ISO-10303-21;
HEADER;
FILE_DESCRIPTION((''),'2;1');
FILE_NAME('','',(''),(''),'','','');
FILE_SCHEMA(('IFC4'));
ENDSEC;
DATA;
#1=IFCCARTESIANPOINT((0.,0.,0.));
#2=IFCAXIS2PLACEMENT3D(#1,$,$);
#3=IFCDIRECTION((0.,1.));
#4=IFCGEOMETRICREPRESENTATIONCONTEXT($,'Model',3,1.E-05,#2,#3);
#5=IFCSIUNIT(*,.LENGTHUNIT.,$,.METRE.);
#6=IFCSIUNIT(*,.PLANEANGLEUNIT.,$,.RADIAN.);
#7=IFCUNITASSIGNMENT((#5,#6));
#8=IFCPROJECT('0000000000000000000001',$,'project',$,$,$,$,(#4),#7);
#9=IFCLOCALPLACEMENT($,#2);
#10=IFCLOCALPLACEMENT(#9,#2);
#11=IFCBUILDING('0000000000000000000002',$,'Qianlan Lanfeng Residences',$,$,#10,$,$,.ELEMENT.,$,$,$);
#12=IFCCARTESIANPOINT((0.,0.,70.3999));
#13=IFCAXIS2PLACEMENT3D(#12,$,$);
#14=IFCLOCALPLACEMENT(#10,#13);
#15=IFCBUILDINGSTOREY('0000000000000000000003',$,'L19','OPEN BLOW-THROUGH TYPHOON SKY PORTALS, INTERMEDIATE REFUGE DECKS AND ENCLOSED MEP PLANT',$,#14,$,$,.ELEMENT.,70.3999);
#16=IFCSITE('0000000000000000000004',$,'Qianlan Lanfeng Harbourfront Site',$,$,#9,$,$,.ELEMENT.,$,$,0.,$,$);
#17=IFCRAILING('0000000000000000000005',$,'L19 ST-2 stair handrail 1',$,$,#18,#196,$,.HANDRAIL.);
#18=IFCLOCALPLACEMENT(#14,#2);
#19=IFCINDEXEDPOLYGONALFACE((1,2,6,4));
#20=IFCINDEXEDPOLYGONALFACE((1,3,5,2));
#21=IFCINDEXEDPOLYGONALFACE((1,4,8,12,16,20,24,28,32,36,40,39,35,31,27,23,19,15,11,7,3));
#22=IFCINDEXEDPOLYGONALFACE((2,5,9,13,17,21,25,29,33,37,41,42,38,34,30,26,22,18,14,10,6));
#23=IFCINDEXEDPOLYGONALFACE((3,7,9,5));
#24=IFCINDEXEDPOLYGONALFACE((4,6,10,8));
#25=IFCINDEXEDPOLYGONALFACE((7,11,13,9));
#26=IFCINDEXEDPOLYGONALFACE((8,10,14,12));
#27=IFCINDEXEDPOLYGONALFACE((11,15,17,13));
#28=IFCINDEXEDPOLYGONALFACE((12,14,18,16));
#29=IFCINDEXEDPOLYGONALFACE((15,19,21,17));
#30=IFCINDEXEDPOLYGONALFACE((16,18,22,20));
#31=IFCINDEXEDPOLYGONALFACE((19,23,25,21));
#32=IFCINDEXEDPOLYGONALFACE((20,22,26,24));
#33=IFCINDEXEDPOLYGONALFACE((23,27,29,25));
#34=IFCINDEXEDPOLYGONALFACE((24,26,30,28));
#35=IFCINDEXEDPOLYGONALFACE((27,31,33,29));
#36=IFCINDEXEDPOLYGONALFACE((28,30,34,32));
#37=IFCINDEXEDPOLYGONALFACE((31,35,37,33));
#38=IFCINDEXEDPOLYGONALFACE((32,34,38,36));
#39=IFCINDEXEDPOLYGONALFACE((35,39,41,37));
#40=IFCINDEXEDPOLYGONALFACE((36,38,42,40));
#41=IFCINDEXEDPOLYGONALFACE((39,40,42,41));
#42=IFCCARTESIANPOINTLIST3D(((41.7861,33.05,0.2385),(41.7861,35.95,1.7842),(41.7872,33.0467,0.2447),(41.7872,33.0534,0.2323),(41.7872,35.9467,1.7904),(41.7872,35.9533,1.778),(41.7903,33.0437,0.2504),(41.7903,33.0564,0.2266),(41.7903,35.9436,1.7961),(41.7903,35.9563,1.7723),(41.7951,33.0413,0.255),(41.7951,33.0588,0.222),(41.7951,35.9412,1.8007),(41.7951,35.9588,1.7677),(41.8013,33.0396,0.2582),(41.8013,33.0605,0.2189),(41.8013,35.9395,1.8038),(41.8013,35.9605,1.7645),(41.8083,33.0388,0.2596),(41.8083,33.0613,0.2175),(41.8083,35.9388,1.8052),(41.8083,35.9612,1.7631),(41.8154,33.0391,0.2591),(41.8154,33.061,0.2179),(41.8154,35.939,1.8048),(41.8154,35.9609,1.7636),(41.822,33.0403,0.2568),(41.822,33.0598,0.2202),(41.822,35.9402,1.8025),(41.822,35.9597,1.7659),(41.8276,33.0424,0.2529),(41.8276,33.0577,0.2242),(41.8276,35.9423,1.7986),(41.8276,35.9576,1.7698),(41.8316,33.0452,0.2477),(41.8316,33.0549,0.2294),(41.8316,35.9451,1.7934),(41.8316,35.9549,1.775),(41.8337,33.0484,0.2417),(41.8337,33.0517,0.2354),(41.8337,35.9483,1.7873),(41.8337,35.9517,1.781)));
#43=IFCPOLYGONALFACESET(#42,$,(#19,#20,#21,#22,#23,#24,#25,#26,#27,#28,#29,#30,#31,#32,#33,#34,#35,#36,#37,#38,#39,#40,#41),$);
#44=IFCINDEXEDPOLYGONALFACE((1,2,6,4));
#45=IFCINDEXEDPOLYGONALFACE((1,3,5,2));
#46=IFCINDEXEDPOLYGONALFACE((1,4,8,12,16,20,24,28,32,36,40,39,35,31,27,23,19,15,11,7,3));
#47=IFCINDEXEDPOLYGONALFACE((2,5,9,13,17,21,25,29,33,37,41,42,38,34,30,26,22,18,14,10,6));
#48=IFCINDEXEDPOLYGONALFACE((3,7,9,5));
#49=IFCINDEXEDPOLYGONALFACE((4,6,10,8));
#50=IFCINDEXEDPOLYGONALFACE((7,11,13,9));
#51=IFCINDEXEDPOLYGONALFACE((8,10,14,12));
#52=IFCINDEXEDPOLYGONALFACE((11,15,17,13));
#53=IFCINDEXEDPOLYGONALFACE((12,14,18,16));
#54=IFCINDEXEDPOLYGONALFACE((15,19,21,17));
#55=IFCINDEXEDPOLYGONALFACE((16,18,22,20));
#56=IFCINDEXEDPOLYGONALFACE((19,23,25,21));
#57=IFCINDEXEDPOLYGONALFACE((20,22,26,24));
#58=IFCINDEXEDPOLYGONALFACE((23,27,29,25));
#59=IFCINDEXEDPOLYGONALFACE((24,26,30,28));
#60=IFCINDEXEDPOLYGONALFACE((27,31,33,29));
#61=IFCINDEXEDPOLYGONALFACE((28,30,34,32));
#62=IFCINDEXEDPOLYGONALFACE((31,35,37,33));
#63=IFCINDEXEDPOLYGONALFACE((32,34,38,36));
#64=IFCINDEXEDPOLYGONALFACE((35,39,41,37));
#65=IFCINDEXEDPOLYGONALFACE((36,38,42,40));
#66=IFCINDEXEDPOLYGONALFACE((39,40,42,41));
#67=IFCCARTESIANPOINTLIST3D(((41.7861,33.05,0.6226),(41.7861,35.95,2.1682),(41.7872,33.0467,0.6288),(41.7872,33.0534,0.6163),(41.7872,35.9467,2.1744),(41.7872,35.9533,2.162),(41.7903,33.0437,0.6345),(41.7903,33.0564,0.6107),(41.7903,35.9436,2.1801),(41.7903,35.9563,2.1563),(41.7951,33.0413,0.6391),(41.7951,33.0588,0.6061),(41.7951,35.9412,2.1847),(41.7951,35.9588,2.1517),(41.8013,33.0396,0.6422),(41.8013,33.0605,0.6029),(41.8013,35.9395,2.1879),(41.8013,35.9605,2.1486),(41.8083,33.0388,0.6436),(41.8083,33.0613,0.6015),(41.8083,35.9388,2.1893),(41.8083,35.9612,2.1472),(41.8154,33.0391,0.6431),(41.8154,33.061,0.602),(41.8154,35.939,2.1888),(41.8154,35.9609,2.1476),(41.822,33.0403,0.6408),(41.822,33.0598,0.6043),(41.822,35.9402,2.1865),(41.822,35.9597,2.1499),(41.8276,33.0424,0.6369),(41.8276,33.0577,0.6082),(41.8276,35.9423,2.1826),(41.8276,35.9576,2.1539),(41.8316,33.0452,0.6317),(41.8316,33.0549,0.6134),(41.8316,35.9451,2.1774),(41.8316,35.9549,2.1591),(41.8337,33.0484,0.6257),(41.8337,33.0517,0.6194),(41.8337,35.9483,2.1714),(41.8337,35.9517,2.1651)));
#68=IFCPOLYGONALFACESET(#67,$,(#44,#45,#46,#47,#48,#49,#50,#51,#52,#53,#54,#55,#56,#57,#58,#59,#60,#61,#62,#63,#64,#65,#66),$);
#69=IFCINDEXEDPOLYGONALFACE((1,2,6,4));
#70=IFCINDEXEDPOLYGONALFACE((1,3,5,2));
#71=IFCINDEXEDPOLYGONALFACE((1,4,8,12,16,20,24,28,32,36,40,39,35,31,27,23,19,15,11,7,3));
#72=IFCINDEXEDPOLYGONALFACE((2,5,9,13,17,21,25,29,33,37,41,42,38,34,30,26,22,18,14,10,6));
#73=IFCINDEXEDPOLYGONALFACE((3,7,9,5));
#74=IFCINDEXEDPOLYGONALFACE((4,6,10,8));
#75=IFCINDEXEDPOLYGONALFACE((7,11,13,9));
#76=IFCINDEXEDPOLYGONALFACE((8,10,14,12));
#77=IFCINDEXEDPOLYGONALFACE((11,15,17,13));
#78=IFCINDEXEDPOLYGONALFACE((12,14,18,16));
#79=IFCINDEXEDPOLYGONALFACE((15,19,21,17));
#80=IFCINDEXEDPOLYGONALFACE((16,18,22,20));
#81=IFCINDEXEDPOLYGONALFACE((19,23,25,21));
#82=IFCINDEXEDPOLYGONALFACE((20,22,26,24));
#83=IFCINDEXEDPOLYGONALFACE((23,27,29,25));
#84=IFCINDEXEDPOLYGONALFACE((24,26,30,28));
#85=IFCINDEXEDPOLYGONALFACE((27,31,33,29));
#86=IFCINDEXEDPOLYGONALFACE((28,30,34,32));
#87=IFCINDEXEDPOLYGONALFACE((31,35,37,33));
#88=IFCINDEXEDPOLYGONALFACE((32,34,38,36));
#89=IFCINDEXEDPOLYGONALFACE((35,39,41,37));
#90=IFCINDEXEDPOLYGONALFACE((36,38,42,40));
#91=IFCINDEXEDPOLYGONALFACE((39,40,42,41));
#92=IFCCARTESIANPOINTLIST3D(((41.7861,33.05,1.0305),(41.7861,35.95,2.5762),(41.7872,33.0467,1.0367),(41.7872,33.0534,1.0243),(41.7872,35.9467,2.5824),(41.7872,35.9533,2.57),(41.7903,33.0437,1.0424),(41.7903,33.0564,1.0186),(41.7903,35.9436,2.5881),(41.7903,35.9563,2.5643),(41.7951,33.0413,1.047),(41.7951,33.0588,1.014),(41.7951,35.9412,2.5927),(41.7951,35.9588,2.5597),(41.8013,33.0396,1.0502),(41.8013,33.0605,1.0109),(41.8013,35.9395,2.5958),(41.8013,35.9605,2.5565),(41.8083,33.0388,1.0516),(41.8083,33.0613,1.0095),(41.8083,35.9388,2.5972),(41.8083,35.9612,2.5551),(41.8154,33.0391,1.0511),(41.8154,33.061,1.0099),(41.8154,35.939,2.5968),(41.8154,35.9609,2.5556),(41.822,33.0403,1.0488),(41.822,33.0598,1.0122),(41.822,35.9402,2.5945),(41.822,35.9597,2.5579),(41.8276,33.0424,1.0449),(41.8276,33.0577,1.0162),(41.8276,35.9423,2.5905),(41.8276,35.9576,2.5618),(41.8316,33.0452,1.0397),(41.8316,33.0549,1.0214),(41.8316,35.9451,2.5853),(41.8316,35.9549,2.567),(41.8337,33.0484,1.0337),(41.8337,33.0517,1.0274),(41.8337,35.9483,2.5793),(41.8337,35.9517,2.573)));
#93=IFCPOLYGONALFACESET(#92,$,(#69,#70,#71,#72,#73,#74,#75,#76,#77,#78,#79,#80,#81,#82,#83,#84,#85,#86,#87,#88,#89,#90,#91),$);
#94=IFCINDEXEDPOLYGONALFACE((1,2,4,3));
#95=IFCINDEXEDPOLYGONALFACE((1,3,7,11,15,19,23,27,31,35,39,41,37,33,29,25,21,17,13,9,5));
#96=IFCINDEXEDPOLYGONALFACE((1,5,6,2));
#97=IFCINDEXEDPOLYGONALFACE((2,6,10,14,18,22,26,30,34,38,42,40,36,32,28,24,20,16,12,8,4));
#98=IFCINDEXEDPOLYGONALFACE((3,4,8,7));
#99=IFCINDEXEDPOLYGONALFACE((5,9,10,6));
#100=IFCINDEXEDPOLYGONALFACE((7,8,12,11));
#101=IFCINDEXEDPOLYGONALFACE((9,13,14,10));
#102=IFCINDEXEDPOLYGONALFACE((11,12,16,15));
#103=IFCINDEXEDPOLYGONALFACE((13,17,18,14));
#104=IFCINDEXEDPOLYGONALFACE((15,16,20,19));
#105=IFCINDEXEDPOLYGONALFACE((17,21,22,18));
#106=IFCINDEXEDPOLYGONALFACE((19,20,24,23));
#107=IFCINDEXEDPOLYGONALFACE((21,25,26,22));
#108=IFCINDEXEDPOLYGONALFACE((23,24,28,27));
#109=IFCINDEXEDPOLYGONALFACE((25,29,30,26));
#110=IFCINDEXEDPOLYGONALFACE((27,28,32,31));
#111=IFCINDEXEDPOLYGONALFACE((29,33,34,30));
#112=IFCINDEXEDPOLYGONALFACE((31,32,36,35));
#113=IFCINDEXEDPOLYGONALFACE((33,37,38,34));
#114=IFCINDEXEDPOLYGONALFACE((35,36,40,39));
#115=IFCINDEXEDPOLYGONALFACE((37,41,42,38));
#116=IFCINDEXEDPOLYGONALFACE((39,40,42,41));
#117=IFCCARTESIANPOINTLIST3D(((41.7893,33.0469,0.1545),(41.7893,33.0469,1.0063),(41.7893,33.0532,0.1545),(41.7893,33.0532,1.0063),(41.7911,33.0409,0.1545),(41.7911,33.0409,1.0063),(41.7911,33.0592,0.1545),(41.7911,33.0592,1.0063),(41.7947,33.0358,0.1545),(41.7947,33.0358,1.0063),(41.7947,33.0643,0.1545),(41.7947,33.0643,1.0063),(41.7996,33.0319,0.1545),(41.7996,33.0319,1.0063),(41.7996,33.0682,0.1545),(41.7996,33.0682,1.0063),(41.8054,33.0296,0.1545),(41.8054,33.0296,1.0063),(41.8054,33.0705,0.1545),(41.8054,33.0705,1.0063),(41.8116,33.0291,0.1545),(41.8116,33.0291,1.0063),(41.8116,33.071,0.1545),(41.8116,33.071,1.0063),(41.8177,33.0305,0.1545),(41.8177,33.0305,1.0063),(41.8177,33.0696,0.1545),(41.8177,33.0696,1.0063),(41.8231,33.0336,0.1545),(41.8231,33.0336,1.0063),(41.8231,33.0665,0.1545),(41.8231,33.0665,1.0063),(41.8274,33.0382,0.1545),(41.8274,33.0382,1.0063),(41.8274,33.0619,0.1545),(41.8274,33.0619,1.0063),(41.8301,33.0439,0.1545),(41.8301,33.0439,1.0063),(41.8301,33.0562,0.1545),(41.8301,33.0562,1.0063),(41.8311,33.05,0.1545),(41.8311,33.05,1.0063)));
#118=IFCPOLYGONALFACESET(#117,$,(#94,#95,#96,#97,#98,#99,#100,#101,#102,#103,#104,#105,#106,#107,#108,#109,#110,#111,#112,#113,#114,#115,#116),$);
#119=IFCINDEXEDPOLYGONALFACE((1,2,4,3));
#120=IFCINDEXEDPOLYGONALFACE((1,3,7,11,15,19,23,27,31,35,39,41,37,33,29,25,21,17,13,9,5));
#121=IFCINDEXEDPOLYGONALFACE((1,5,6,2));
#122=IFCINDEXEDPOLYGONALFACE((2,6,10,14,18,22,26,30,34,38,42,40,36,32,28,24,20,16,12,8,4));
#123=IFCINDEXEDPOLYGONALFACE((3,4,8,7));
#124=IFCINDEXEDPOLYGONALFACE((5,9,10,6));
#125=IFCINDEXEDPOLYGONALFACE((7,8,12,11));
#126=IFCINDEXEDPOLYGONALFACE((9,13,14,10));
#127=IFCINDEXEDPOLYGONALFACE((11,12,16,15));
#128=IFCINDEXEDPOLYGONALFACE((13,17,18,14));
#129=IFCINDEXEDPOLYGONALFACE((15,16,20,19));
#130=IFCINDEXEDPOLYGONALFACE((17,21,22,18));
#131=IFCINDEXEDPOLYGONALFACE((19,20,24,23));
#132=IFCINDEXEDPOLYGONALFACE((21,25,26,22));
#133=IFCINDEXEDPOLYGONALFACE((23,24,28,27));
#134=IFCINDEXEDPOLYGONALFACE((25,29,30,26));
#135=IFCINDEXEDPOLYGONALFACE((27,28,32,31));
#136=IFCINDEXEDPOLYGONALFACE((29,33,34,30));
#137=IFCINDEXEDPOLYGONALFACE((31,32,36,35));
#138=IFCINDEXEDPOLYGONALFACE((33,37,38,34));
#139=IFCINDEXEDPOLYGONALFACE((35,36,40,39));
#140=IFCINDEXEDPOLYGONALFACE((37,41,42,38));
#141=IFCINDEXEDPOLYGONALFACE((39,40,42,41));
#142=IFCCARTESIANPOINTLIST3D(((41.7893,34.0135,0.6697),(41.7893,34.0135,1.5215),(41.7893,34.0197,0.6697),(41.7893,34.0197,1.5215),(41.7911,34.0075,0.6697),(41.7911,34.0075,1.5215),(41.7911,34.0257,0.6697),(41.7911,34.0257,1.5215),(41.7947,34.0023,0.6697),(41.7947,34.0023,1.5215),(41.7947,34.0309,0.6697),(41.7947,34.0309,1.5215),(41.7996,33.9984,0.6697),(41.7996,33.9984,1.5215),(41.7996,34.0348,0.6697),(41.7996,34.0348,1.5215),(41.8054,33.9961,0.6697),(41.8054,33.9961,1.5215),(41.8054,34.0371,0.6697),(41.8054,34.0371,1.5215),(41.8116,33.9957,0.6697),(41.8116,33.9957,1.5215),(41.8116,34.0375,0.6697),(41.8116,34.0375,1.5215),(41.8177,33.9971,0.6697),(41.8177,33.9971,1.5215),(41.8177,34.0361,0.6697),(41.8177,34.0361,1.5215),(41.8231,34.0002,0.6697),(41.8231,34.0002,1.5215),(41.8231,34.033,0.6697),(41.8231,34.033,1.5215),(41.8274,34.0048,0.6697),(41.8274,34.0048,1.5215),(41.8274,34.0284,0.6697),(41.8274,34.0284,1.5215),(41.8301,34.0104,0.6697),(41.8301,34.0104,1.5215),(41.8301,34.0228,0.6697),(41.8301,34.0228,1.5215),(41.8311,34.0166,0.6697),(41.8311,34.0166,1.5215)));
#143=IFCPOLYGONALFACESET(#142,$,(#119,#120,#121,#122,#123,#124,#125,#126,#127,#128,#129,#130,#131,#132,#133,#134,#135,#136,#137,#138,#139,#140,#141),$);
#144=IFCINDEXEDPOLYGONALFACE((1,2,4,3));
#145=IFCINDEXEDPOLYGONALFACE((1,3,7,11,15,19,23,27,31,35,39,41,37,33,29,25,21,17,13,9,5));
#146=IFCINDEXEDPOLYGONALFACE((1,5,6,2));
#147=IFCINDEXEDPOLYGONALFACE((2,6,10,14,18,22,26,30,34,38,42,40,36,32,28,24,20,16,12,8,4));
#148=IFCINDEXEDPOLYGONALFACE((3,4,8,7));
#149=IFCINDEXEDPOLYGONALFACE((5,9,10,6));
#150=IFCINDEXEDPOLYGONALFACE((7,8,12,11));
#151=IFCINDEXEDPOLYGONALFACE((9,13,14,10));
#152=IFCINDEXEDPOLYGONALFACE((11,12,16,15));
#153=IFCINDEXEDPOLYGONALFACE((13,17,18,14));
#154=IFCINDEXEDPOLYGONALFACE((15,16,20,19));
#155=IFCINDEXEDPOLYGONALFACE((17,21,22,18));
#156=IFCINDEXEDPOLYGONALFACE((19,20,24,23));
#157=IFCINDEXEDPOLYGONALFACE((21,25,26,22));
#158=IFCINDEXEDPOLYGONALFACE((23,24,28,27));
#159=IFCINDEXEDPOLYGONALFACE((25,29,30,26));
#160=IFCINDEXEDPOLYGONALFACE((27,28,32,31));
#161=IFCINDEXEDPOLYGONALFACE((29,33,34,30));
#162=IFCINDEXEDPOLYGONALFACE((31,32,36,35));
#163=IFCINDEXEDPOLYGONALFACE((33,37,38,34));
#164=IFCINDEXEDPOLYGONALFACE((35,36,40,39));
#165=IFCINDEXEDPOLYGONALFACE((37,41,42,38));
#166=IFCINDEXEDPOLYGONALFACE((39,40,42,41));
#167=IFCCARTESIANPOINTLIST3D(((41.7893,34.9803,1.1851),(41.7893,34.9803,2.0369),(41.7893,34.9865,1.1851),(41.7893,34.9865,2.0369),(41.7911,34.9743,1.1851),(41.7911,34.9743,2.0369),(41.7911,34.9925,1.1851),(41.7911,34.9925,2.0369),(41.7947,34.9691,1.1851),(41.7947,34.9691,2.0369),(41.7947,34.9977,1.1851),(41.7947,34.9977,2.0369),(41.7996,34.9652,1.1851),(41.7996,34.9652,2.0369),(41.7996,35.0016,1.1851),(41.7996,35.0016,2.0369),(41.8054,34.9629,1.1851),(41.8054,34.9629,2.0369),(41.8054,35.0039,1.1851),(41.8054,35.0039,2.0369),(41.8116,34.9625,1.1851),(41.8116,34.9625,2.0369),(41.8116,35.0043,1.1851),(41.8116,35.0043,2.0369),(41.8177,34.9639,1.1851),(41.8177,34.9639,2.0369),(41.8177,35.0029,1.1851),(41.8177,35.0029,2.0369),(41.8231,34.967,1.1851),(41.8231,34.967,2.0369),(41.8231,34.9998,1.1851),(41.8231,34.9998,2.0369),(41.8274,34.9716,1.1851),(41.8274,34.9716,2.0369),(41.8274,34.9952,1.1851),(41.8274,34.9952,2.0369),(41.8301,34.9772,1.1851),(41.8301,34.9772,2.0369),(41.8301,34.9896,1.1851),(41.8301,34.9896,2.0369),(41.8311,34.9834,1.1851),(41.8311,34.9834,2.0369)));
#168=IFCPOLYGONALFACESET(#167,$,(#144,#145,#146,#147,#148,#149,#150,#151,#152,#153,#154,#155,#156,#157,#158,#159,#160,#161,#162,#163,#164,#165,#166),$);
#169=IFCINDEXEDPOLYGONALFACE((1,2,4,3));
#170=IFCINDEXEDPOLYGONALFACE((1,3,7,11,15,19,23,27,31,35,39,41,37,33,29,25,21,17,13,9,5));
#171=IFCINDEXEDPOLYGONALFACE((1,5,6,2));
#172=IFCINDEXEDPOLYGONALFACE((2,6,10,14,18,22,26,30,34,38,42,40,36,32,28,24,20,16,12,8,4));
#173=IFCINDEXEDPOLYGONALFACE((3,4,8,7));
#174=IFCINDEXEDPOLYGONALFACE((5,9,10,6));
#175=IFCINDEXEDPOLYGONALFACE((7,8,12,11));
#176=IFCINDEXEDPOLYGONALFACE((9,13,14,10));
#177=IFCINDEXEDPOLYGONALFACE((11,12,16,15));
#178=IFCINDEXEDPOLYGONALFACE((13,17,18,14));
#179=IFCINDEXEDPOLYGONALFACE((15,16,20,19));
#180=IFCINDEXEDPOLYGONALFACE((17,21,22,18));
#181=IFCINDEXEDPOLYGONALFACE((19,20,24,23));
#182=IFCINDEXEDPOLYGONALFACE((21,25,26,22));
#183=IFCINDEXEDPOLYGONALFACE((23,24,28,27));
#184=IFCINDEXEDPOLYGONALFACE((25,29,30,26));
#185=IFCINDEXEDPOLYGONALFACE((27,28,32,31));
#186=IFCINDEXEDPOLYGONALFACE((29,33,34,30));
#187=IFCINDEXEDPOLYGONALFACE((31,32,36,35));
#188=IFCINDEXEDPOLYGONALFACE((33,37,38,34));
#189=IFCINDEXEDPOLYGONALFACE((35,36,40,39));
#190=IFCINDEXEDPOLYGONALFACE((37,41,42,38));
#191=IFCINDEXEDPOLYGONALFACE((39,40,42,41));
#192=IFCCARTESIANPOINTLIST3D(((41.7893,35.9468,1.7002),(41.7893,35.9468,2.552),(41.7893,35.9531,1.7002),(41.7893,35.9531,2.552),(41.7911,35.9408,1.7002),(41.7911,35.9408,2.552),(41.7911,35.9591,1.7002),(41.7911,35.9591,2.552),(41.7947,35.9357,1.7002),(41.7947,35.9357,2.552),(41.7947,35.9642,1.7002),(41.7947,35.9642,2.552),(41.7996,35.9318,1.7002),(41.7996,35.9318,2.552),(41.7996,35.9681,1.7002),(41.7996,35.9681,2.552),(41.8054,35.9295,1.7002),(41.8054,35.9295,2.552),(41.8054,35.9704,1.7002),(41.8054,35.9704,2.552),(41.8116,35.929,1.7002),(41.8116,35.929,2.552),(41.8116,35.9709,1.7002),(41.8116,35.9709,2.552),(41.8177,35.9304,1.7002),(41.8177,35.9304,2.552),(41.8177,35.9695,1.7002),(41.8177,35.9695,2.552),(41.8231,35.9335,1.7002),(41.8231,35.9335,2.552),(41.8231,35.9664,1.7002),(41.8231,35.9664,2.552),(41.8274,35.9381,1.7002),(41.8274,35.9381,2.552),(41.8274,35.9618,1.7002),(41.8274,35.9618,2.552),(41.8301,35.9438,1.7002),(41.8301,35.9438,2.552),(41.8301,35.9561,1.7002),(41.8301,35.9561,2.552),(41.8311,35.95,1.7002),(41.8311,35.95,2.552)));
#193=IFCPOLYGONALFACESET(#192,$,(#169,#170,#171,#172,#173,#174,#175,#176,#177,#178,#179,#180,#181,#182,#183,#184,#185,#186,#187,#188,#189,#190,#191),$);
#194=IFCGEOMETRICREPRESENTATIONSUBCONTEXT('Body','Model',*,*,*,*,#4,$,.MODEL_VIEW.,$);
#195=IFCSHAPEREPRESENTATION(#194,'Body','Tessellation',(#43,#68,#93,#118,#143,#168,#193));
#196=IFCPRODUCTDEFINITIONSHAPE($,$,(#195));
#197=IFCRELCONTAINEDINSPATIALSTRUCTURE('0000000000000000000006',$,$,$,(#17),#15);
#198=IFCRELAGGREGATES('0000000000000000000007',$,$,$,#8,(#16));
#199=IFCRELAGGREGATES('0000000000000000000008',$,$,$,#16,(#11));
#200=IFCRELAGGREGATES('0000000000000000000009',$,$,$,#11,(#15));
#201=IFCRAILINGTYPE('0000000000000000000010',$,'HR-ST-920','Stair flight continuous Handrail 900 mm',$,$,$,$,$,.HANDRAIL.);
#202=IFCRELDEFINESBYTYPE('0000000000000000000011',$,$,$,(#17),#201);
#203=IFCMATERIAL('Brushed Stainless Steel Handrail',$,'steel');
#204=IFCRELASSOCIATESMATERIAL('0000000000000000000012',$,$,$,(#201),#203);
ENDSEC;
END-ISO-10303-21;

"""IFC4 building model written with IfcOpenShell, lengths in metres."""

from ifc_helpers import new_model, si_unit, direction, frame, origin, origin_2d, place, context, subcontext, project, spatial, circle, extrude, material, type_object, element, save


model = new_model("IFC4")

# Units and contexts
model_context = context("Model", 3, precision=1e-05, world=origin(), true_north=direction((0.0, 1.0)))
body_context = subcontext(model_context, "Body", "Model", "MODEL_VIEW")
ifc_project = project(units=[si_unit("LENGTHUNIT", "METRE"), si_unit("PLANEANGLEUNIT", "RADIAN")], contexts=[model_context])

# Site, building, storey
site_placement = place(None, origin())
site = spatial("IfcSite", under=ifc_project, at=site_placement, Name="Qianlan Lanfeng Harbourfront Site", CompositionType="ELEMENT", RefElevation=0.0)
building_placement = place(site_placement, origin())
building = spatial("IfcBuilding", under=site, at=building_placement, Name="Qianlan Lanfeng Residences", CompositionType="ELEMENT")
storey_placement = place(building_placement, frame((0.0, 0.0, 70.3999)))
storey = spatial("IfcBuildingStorey", under=building, at=storey_placement, Name="L19", Description="OPEN BLOW-THROUGH TYPHOON SKY PORTALS, INTERMEDIATE REFUGE DECKS AND ENCLOSED MEP PLANT", CompositionType="ELEMENT", Elevation=70.3999)

# Railing
ifc_material_1 = material(Name="Brushed Stainless Steel Handrail", Category="steel")
railing_type_1 = type_object("IfcRailingType", Name="HR-ST-920", Description="Stair flight continuous Handrail 900 mm", PredefinedType="HANDRAIL", material=ifc_material_1)
railing_1_placement = place(storey_placement, frame((41.8101, 33.05, 0.1545)))
element("IfcRailing", 1, at=railing_1_placement, inside=storey, type_object=railing_type_1, Name="L19 ST-2 stair handrail 1", PredefinedType="HANDRAIL", context=body_context, shape_type="SweptSolid", body=[
    extrude(circle(Radius=0.0239, at=origin_2d()), frame((0.0, 0.0, 0.084), z_axis=(0.0, 0.882474, 0.470361), x_axis=(-1.0, 0.0, 0.0)), (0.0, 0.0, 1.0), 3.2861),
    extrude(circle(Radius=0.0239, at=origin_2d()), frame((0.0, 0.0, 0.468), z_axis=(0.0, 0.882474, 0.470361), x_axis=(-1.0, 0.0, 0.0)), (0.0, 0.0, 1.0), 3.2861),
    extrude(circle(Radius=0.0239, at=origin_2d()), frame((0.0, 0.0, 0.876), z_axis=(0.0, 0.882474, 0.470361), x_axis=(-1.0, 0.0, 0.0)), (0.0, 0.0, 1.0), 3.2861),
    extrude(circle(Radius=0.021, at=origin_2d()), origin(), (0.0, 0.0, 1.0), 0.8518),
    extrude(circle(Radius=0.021, at=origin_2d()), frame((0.0, 0.9666, 0.5151)), (0.0, 0.0, 1.0), 0.8518),
    extrude(circle(Radius=0.021, at=origin_2d()), frame((0.0, 1.9333, 1.0305)), (0.0, 0.0, 1.0), 0.8518),
    extrude(circle(Radius=0.021, at=origin_2d()), frame((0.0, 2.8999, 1.5457)), (0.0, 0.0, 1.0), 0.8518),
])

save(model, "model.ifc")
